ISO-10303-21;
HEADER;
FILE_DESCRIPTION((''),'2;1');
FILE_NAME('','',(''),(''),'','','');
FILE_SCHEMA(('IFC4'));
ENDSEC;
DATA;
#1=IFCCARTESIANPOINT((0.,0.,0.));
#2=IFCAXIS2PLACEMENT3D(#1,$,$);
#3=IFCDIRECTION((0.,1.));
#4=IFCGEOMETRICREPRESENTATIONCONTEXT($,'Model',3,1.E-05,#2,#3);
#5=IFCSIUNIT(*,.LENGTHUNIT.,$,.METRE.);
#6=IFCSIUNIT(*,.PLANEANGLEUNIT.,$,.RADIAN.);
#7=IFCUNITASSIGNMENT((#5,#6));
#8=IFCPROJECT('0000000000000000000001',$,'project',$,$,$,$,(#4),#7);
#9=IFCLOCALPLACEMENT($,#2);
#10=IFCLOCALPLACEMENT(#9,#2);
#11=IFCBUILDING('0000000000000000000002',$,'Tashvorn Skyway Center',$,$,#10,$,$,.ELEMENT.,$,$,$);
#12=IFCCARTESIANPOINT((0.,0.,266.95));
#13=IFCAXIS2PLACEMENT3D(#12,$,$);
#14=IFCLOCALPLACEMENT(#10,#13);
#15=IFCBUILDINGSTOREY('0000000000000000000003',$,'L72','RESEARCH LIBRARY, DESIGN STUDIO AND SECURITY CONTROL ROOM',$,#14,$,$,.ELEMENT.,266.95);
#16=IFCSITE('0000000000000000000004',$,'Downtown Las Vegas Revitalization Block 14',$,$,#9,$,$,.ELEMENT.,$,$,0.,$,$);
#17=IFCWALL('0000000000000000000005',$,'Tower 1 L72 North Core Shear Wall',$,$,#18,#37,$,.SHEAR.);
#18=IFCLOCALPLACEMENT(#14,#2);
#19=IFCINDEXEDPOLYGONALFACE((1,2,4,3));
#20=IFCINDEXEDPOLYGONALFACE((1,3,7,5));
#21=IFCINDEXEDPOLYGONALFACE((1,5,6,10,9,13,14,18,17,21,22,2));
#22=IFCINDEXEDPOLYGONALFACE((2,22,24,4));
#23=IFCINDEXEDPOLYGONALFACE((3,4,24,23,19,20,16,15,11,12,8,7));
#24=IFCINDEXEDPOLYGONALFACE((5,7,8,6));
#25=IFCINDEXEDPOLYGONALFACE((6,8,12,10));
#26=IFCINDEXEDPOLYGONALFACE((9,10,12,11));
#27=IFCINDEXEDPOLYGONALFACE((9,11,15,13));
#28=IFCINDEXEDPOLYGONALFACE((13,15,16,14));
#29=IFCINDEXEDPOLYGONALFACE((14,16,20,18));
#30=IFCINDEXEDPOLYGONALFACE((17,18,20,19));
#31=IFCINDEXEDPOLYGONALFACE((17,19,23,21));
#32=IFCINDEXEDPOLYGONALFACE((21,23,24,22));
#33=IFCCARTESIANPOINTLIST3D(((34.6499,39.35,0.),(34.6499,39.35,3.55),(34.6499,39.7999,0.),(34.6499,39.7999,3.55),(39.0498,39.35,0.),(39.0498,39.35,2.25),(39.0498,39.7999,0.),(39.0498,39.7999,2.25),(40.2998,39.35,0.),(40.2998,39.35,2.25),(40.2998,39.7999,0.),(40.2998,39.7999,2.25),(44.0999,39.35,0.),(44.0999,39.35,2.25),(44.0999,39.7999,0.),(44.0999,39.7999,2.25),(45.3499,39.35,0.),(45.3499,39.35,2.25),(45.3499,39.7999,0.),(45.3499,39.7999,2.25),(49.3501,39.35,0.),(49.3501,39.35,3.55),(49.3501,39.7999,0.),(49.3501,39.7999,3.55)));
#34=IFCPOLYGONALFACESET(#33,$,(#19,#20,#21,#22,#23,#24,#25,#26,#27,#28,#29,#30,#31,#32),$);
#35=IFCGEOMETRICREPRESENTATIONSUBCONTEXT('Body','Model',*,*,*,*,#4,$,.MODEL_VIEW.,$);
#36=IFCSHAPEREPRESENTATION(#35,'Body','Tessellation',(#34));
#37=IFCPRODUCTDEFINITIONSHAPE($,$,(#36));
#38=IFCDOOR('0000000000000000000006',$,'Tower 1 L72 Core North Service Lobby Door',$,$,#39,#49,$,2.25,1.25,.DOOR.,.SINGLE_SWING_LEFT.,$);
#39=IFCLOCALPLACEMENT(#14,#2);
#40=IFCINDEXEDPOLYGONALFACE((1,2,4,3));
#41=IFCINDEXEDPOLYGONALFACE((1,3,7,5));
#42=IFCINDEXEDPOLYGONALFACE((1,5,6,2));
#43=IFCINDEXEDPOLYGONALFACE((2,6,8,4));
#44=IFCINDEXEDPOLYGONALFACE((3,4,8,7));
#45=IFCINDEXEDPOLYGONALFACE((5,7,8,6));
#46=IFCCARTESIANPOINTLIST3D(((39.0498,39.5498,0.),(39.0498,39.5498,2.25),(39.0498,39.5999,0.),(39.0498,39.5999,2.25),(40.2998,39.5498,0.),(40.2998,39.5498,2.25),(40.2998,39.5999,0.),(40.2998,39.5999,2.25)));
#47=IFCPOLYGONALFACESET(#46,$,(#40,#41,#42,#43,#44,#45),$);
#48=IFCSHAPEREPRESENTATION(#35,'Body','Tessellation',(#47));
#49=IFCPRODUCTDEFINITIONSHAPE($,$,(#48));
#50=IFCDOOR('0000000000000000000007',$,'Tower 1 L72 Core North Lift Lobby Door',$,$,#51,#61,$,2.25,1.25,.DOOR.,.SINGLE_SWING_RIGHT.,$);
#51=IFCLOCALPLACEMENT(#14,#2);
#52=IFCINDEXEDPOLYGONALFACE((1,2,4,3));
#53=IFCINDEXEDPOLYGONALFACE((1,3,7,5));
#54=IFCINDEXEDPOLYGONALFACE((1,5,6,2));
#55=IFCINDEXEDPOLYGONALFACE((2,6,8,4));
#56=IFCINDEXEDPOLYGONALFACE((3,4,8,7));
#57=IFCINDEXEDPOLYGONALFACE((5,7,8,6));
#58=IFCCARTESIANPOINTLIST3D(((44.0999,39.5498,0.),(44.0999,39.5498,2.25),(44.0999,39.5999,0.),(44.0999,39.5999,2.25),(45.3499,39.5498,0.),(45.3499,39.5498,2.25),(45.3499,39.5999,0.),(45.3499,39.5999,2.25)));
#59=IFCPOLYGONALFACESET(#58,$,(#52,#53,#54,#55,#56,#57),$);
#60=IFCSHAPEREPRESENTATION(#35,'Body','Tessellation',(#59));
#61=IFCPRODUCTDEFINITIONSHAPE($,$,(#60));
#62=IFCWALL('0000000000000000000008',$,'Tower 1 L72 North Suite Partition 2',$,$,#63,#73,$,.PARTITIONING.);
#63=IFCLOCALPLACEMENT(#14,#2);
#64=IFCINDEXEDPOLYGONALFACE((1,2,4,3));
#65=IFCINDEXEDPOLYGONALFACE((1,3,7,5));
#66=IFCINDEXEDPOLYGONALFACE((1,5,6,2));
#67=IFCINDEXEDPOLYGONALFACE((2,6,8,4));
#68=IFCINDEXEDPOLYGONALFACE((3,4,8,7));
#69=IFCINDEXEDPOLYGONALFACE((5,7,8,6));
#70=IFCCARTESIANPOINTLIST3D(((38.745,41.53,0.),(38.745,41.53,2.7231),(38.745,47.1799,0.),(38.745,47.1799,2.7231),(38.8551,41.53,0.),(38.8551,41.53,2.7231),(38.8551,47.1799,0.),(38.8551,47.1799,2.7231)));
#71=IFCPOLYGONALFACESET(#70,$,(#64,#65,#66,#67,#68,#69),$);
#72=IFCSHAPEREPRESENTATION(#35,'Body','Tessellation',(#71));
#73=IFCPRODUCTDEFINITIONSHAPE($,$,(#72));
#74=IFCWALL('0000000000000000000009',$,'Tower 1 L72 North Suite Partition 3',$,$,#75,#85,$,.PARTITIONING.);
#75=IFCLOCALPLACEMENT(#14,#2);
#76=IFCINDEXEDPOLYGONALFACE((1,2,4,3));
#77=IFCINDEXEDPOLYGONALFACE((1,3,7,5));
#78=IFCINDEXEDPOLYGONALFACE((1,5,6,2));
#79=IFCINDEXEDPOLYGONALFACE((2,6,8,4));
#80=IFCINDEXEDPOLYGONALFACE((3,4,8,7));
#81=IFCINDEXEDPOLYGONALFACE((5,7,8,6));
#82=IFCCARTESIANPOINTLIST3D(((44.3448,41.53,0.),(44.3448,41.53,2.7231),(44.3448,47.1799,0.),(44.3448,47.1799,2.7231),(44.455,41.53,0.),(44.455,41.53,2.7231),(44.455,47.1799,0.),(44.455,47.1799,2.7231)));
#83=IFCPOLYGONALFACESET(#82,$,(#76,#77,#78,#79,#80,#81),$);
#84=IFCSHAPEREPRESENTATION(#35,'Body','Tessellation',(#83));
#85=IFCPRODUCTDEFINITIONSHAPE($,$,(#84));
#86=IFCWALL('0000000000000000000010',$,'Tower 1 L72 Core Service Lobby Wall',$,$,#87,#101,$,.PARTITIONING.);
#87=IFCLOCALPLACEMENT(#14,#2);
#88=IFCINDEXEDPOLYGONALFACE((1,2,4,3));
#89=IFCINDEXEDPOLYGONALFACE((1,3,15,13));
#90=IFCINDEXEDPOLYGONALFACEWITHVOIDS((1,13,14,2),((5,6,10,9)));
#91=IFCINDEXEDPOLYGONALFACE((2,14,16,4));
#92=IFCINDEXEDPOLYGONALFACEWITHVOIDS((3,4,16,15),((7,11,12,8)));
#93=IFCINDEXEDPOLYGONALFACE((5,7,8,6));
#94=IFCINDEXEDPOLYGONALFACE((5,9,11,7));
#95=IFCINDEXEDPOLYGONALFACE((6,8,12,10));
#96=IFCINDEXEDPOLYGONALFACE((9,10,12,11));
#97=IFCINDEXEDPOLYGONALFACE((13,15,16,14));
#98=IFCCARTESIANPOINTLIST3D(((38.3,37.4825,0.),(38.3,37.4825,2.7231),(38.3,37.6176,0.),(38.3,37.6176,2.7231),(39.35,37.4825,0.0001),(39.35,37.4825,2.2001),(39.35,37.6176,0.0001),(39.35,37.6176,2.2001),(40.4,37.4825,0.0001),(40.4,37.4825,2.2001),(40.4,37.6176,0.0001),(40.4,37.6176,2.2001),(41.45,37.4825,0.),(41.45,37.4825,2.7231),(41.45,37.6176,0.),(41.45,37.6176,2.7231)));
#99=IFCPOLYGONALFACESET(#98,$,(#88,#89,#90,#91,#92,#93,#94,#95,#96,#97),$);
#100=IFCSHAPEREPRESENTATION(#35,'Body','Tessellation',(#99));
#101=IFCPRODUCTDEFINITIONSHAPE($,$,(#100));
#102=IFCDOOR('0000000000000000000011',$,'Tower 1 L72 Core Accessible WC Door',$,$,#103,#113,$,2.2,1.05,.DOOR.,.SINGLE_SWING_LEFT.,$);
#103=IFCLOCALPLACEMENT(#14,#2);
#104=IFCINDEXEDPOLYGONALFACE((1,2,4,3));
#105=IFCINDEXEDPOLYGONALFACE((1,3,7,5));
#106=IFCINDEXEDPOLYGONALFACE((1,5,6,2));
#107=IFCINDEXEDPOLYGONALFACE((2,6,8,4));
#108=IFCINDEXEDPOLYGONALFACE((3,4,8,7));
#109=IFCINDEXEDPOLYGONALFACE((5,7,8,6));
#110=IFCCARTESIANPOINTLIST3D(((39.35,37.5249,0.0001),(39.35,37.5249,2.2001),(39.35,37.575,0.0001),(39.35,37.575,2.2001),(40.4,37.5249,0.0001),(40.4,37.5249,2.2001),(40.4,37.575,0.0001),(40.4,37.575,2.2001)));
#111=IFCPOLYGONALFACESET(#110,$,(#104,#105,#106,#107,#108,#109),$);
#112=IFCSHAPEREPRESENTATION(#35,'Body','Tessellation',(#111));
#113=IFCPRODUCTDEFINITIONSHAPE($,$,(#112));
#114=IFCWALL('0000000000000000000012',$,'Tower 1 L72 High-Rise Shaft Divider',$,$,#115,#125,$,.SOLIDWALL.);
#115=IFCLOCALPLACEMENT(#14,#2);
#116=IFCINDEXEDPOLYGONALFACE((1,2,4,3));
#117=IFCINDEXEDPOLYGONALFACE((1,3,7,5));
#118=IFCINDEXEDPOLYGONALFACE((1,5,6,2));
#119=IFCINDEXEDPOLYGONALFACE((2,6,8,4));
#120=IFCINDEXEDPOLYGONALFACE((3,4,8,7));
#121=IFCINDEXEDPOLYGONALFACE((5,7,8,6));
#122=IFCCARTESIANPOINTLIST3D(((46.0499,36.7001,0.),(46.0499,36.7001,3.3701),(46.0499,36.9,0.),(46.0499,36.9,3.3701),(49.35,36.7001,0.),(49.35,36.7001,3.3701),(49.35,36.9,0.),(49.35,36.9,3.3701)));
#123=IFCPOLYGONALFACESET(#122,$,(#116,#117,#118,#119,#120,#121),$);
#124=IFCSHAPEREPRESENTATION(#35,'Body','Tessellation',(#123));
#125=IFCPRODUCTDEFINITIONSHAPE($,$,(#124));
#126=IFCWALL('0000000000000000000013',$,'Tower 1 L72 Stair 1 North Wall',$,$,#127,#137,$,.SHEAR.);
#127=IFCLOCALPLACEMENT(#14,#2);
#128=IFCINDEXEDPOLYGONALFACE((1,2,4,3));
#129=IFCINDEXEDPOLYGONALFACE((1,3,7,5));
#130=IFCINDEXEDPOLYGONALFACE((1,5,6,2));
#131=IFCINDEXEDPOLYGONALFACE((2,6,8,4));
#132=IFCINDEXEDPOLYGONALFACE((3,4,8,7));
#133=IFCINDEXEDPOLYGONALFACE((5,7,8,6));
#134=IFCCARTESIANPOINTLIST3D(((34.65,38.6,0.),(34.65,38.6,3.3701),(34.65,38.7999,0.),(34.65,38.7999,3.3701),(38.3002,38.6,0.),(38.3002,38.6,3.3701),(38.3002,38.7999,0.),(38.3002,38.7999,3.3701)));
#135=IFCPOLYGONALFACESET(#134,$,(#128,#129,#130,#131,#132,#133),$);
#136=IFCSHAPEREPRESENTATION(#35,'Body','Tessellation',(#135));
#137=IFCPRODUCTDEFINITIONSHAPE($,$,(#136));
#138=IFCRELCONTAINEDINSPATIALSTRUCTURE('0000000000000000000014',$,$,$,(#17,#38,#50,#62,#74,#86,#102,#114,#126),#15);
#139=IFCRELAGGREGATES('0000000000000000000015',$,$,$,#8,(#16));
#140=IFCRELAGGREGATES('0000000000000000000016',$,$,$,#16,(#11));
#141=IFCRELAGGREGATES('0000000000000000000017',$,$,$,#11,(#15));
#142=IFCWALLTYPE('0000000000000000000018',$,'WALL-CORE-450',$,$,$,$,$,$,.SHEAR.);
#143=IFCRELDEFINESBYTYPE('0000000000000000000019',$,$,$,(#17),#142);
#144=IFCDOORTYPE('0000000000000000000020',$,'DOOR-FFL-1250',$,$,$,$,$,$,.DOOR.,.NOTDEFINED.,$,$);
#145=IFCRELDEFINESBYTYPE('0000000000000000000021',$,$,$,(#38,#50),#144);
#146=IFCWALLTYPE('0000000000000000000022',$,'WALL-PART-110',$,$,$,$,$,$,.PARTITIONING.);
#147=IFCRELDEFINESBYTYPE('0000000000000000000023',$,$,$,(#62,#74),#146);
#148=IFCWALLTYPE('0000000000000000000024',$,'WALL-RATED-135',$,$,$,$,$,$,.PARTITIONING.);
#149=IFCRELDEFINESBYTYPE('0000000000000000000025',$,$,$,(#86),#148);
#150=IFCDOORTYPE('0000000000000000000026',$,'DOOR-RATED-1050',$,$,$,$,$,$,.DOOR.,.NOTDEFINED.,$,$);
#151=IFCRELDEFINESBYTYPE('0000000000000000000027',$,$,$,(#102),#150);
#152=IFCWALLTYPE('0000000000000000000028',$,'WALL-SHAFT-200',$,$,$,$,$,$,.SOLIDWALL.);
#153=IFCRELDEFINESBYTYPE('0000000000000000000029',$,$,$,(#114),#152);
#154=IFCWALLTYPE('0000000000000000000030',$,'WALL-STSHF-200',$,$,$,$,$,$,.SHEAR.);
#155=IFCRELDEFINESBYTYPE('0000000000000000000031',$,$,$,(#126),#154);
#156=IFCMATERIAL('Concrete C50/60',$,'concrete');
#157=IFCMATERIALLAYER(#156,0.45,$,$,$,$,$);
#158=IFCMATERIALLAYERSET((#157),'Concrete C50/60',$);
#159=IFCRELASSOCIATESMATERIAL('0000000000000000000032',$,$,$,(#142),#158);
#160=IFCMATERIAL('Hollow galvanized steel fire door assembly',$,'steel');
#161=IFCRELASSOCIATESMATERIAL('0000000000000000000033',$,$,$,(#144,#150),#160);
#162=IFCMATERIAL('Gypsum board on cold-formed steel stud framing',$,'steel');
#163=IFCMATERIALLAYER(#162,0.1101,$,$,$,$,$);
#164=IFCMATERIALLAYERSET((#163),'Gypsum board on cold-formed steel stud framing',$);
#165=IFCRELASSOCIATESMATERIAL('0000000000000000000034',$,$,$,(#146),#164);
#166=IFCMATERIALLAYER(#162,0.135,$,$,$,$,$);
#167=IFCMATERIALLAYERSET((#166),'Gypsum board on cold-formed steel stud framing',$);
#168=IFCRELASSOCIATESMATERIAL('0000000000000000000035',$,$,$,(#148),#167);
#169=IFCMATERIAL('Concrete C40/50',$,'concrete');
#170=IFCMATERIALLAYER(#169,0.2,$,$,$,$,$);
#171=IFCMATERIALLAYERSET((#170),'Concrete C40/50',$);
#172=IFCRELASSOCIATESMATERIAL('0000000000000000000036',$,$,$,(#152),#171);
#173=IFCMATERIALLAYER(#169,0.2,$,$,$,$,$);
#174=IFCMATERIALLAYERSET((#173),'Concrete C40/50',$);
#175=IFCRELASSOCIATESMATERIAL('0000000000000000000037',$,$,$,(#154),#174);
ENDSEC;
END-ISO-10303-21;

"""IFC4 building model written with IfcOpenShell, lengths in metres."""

from ifc_helpers import new_model, si_unit, direction, frame, frame_2d, origin, place, context, subcontext, project, spatial, rectangle, extrude, material, layer, layer_set, type_object, element, fill, save


model = new_model("IFC4")

# Units and contexts
model_context = context("Model", 3, precision=1e-05, world=origin(), true_north=direction((0.0, 1.0)))
body_context = subcontext(model_context, "Body", "Model", "MODEL_VIEW")
ifc_project = project(units=[si_unit("LENGTHUNIT", "METRE"), si_unit("PLANEANGLEUNIT", "RADIAN")], contexts=[model_context])

# Site, building, storey
site_placement = place(None, origin())
site = spatial("IfcSite", under=ifc_project, at=site_placement, Name="Downtown Las Vegas Revitalization Block 14", CompositionType="ELEMENT", RefElevation=0.0)
building_placement = place(site_placement, origin())
building = spatial("IfcBuilding", under=site, at=building_placement, Name="Tashvorn Skyway Center", CompositionType="ELEMENT")
storey_placement = place(building_placement, frame((0.0, 0.0, 266.95)))
storey = spatial("IfcBuildingStorey", under=building, at=storey_placement, Name="L72", Description="RESEARCH LIBRARY, DESIGN STUDIO AND SECURITY CONTROL ROOM", CompositionType="ELEMENT", Elevation=266.95)

# Wall, openings, doors
ifc_material_1 = material(Name="Concrete C50/60", Category="concrete")
ifc_layer_1 = layer(ifc_material_1, 0.45)
ifc_layer_set_1 = layer_set([ifc_layer_1], Name="Concrete C50/60")
wall_type_1 = type_object("IfcWallType", Name="WALL-CORE-450", PredefinedType="SHEAR", material=ifc_layer_set_1)
wall_1_placement = place(storey_placement, frame((34.6499, 39.575, 0.0), z_axis=(0.0, 0.0, 1.0), x_axis=(1.0, 0.0, 0.0)))
wall_1 = element("IfcWall", 1, at=wall_1_placement, inside=storey, type_object=wall_type_1, Name="Tower 1 L72 North Core Shear Wall", PredefinedType="SHEAR", context=body_context, shape_type="SweptSolid", body=[
    extrude(rectangle(XDim=14.7002, YDim=0.45, at=frame_2d((7.3501, 0.0))), origin(), (0.0, 0.0, 1.0), 3.55),
])
opening_1_placement = place(wall_1_placement, frame((4.3999, 0.0, 0.0)))
opening_1 = element("IfcOpeningElement", 2, at=opening_1_placement, cuts=wall_1, PredefinedType="OPENING", context=body_context, shape_type="SweptSolid", body=[
    extrude(rectangle(XDim=1.25, YDim=2.25, at=frame_2d((0.625, 1.125))), frame((0.0, 0.2349, 0.0), z_axis=(0.0, -1.0, 0.0), x_axis=(1.0, 0.0, 0.0)), (0.0, 0.0, 1.0), 0.47),
])
opening_2_placement = place(wall_1_placement, frame((9.45, 0.0, 0.0)))
opening_2 = element("IfcOpeningElement", 3, at=opening_2_placement, cuts=wall_1, PredefinedType="OPENING", context=body_context, shape_type="SweptSolid", body=[
    extrude(rectangle(XDim=1.25, YDim=2.25, at=frame_2d((0.625, 1.125))), frame((0.0, 0.2349, 0.0), z_axis=(0.0, -1.0, 0.0), x_axis=(1.0, 0.0, 0.0)), (0.0, 0.0, 1.0), 0.47),
])
ifc_material_2 = material(Name="Hollow galvanized steel fire door assembly", Category="steel")
door_type_1 = type_object("IfcDoorType", Name="DOOR-FFL-1250", OperationType="NOTDEFINED", PredefinedType="DOOR", material=ifc_material_2)
door_1_placement = place(opening_1_placement, origin())
door_1 = element("IfcDoor", 4, at=door_1_placement, inside=storey, type_object=door_type_1, Name="Tower 1 L72 Core North Service Lobby Door", OperationType="SINGLE_SWING_LEFT", OverallHeight=2.25, OverallWidth=1.25, PredefinedType="DOOR", context=body_context, shape_type="SweptSolid", body=[
    extrude(rectangle(XDim=1.25, YDim=2.25, at=frame_2d((0.625, 1.125))), frame((0.0, 0.0249, 0.0), z_axis=(0.0, -1.0, 0.0), x_axis=(1.0, 0.0, 0.0)), (0.0, 0.0, 1.0), 0.05),
])
fill(opening_1, door_1)
door_2_placement = place(opening_2_placement, origin())
door_2 = element("IfcDoor", 5, at=door_2_placement, inside=storey, type_object=door_type_1, Name="Tower 1 L72 Core North Lift Lobby Door", OperationType="SINGLE_SWING_RIGHT", OverallHeight=2.25, OverallWidth=1.25, PredefinedType="DOOR", context=body_context, shape_type="SweptSolid", body=[
    extrude(rectangle(XDim=1.25, YDim=2.25, at=frame_2d((0.625, 1.125))), frame((0.0, 0.0249, 0.0), z_axis=(0.0, -1.0, 0.0), x_axis=(1.0, 0.0, 0.0)), (0.0, 0.0, 1.0), 0.05),
])
fill(opening_2, door_2)

# Walls
ifc_material_3 = material(Name="Gypsum board on cold-formed steel stud framing", Category="steel")
ifc_layer_2 = layer(ifc_material_3, 0.1101)
ifc_layer_set_2 = layer_set([ifc_layer_2], Name="Gypsum board on cold-formed steel stud framing")
wall_type_2 = type_object("IfcWallType", Name="WALL-PART-110", PredefinedType="PARTITIONING", material=ifc_layer_set_2)
for number, where, z_axis, x_axis, name in (
    (6, (38.8, 41.53, 0.0), (0.0, 0.0, 1.0), (0.0, 1.0, 0.0), "Tower 1 L72 North Suite Partition 2"),
    (7, (44.3999, 41.53, 0.0), (0.0, 0.0, 1.0), (0.0, 1.0, 0.0), "Tower 1 L72 North Suite Partition 3"),
):
    element("IfcWall", number, at=place(storey_placement, frame(where, z_axis=z_axis, x_axis=x_axis)), inside=storey, type_object=wall_type_2, Name=name, PredefinedType="PARTITIONING", context=body_context, shape_type="SweptSolid", body=[
        extrude(rectangle(XDim=5.6499, YDim=0.1101, at=frame_2d((2.825, 0.0))), origin(), (0.0, 0.0, 1.0), 2.7231),
    ])

# Wall, opening, door
ifc_layer_3 = layer(ifc_material_3, 0.135)
ifc_layer_set_3 = layer_set([ifc_layer_3], Name="Gypsum board on cold-formed steel stud framing")
wall_type_3 = type_object("IfcWallType", Name="WALL-RATED-135", PredefinedType="PARTITIONING", material=ifc_layer_set_3)
wall_2_placement = place(storey_placement, frame((38.3, 37.55, 0.0), z_axis=(0.0, 0.0, 1.0), x_axis=(1.0, 0.0, 0.0)))
wall_2 = element("IfcWall", 8, at=wall_2_placement, inside=storey, type_object=wall_type_3, Name="Tower 1 L72 Core Service Lobby Wall", PredefinedType="PARTITIONING", context=body_context, shape_type="SweptSolid", body=[
    extrude(rectangle(XDim=3.1499, YDim=0.135, at=frame_2d((1.575, 0.0))), origin(), (0.0, 0.0, 1.0), 2.7231),
])
opening_3_placement = place(wall_2_placement, frame((1.05, 0.0, 0.0)))
opening_3 = element("IfcOpeningElement", 9, at=opening_3_placement, cuts=wall_2, PredefinedType="OPENING", context=body_context, shape_type="SweptSolid", body=[
    extrude(rectangle(XDim=1.05, YDim=2.2, at=frame_2d((0.5249, 1.1001))), frame((0.0, 0.0774, 0.0), z_axis=(0.0, -1.0, 0.0), x_axis=(1.0, 0.0, 0.0)), (0.0, 0.0, 1.0), 0.155),
])
door_type_2 = type_object("IfcDoorType", Name="DOOR-RATED-1050", OperationType="NOTDEFINED", PredefinedType="DOOR", material=ifc_material_2)
door_3_placement = place(opening_3_placement, origin())
door_3 = element("IfcDoor", 10, at=door_3_placement, inside=storey, type_object=door_type_2, Name="Tower 1 L72 Core Accessible WC Door", OperationType="SINGLE_SWING_LEFT", OverallHeight=2.2, OverallWidth=1.05, PredefinedType="DOOR", context=body_context, shape_type="SweptSolid", body=[
    extrude(rectangle(XDim=1.05, YDim=2.2, at=frame_2d((0.5249, 1.1001))), frame((0.0, 0.0249, 0.0), z_axis=(0.0, -1.0, 0.0), x_axis=(1.0, 0.0, 0.0)), (0.0, 0.0, 1.0), 0.05),
])
fill(opening_3, door_3)

# Walls
ifc_material_4 = material(Name="Concrete C40/50", Category="concrete")
ifc_layer_4 = layer(ifc_material_4, 0.2)
ifc_layer_set_4 = layer_set([ifc_layer_4], Name="Concrete C40/50")
wall_type_4 = type_object("IfcWallType", Name="WALL-SHAFT-200", PredefinedType="SOLIDWALL", material=ifc_layer_set_4)
wall_3_placement = place(storey_placement, frame((46.05, 36.8, 0.0), z_axis=(0.0, 0.0, 1.0), x_axis=(1.0, 0.0, 0.0)))
element("IfcWall", 11, at=wall_3_placement, inside=storey, type_object=wall_type_4, Name="Tower 1 L72 High-Rise Shaft Divider", PredefinedType="SOLIDWALL", context=body_context, shape_type="SweptSolid", body=[
    extrude(rectangle(XDim=3.3, YDim=0.2, at=frame_2d((1.6499, 0.0))), origin(), (0.0, 0.0, 1.0), 3.3701),
])
ifc_layer_5 = layer(ifc_material_4, 0.2)
ifc_layer_set_5 = layer_set([ifc_layer_5], Name="Concrete C40/50")
wall_type_5 = type_object("IfcWallType", Name="WALL-STSHF-200", PredefinedType="SHEAR", material=ifc_layer_set_5)
wall_4_placement = place(storey_placement, frame((34.6499, 38.7, 0.0), z_axis=(0.0, 0.0, 1.0), x_axis=(1.0, 0.0, 0.0)))
element("IfcWall", 12, at=wall_4_placement, inside=storey, type_object=wall_type_5, Name="Tower 1 L72 Stair 1 North Wall", PredefinedType="SHEAR", context=body_context, shape_type="SweptSolid", body=[
    extrude(rectangle(XDim=3.6501, YDim=0.2, at=frame_2d((1.8252, 0.0))), origin(), (0.0, 0.0, 1.0), 3.3701),
])

save(model, "model.ifc")
